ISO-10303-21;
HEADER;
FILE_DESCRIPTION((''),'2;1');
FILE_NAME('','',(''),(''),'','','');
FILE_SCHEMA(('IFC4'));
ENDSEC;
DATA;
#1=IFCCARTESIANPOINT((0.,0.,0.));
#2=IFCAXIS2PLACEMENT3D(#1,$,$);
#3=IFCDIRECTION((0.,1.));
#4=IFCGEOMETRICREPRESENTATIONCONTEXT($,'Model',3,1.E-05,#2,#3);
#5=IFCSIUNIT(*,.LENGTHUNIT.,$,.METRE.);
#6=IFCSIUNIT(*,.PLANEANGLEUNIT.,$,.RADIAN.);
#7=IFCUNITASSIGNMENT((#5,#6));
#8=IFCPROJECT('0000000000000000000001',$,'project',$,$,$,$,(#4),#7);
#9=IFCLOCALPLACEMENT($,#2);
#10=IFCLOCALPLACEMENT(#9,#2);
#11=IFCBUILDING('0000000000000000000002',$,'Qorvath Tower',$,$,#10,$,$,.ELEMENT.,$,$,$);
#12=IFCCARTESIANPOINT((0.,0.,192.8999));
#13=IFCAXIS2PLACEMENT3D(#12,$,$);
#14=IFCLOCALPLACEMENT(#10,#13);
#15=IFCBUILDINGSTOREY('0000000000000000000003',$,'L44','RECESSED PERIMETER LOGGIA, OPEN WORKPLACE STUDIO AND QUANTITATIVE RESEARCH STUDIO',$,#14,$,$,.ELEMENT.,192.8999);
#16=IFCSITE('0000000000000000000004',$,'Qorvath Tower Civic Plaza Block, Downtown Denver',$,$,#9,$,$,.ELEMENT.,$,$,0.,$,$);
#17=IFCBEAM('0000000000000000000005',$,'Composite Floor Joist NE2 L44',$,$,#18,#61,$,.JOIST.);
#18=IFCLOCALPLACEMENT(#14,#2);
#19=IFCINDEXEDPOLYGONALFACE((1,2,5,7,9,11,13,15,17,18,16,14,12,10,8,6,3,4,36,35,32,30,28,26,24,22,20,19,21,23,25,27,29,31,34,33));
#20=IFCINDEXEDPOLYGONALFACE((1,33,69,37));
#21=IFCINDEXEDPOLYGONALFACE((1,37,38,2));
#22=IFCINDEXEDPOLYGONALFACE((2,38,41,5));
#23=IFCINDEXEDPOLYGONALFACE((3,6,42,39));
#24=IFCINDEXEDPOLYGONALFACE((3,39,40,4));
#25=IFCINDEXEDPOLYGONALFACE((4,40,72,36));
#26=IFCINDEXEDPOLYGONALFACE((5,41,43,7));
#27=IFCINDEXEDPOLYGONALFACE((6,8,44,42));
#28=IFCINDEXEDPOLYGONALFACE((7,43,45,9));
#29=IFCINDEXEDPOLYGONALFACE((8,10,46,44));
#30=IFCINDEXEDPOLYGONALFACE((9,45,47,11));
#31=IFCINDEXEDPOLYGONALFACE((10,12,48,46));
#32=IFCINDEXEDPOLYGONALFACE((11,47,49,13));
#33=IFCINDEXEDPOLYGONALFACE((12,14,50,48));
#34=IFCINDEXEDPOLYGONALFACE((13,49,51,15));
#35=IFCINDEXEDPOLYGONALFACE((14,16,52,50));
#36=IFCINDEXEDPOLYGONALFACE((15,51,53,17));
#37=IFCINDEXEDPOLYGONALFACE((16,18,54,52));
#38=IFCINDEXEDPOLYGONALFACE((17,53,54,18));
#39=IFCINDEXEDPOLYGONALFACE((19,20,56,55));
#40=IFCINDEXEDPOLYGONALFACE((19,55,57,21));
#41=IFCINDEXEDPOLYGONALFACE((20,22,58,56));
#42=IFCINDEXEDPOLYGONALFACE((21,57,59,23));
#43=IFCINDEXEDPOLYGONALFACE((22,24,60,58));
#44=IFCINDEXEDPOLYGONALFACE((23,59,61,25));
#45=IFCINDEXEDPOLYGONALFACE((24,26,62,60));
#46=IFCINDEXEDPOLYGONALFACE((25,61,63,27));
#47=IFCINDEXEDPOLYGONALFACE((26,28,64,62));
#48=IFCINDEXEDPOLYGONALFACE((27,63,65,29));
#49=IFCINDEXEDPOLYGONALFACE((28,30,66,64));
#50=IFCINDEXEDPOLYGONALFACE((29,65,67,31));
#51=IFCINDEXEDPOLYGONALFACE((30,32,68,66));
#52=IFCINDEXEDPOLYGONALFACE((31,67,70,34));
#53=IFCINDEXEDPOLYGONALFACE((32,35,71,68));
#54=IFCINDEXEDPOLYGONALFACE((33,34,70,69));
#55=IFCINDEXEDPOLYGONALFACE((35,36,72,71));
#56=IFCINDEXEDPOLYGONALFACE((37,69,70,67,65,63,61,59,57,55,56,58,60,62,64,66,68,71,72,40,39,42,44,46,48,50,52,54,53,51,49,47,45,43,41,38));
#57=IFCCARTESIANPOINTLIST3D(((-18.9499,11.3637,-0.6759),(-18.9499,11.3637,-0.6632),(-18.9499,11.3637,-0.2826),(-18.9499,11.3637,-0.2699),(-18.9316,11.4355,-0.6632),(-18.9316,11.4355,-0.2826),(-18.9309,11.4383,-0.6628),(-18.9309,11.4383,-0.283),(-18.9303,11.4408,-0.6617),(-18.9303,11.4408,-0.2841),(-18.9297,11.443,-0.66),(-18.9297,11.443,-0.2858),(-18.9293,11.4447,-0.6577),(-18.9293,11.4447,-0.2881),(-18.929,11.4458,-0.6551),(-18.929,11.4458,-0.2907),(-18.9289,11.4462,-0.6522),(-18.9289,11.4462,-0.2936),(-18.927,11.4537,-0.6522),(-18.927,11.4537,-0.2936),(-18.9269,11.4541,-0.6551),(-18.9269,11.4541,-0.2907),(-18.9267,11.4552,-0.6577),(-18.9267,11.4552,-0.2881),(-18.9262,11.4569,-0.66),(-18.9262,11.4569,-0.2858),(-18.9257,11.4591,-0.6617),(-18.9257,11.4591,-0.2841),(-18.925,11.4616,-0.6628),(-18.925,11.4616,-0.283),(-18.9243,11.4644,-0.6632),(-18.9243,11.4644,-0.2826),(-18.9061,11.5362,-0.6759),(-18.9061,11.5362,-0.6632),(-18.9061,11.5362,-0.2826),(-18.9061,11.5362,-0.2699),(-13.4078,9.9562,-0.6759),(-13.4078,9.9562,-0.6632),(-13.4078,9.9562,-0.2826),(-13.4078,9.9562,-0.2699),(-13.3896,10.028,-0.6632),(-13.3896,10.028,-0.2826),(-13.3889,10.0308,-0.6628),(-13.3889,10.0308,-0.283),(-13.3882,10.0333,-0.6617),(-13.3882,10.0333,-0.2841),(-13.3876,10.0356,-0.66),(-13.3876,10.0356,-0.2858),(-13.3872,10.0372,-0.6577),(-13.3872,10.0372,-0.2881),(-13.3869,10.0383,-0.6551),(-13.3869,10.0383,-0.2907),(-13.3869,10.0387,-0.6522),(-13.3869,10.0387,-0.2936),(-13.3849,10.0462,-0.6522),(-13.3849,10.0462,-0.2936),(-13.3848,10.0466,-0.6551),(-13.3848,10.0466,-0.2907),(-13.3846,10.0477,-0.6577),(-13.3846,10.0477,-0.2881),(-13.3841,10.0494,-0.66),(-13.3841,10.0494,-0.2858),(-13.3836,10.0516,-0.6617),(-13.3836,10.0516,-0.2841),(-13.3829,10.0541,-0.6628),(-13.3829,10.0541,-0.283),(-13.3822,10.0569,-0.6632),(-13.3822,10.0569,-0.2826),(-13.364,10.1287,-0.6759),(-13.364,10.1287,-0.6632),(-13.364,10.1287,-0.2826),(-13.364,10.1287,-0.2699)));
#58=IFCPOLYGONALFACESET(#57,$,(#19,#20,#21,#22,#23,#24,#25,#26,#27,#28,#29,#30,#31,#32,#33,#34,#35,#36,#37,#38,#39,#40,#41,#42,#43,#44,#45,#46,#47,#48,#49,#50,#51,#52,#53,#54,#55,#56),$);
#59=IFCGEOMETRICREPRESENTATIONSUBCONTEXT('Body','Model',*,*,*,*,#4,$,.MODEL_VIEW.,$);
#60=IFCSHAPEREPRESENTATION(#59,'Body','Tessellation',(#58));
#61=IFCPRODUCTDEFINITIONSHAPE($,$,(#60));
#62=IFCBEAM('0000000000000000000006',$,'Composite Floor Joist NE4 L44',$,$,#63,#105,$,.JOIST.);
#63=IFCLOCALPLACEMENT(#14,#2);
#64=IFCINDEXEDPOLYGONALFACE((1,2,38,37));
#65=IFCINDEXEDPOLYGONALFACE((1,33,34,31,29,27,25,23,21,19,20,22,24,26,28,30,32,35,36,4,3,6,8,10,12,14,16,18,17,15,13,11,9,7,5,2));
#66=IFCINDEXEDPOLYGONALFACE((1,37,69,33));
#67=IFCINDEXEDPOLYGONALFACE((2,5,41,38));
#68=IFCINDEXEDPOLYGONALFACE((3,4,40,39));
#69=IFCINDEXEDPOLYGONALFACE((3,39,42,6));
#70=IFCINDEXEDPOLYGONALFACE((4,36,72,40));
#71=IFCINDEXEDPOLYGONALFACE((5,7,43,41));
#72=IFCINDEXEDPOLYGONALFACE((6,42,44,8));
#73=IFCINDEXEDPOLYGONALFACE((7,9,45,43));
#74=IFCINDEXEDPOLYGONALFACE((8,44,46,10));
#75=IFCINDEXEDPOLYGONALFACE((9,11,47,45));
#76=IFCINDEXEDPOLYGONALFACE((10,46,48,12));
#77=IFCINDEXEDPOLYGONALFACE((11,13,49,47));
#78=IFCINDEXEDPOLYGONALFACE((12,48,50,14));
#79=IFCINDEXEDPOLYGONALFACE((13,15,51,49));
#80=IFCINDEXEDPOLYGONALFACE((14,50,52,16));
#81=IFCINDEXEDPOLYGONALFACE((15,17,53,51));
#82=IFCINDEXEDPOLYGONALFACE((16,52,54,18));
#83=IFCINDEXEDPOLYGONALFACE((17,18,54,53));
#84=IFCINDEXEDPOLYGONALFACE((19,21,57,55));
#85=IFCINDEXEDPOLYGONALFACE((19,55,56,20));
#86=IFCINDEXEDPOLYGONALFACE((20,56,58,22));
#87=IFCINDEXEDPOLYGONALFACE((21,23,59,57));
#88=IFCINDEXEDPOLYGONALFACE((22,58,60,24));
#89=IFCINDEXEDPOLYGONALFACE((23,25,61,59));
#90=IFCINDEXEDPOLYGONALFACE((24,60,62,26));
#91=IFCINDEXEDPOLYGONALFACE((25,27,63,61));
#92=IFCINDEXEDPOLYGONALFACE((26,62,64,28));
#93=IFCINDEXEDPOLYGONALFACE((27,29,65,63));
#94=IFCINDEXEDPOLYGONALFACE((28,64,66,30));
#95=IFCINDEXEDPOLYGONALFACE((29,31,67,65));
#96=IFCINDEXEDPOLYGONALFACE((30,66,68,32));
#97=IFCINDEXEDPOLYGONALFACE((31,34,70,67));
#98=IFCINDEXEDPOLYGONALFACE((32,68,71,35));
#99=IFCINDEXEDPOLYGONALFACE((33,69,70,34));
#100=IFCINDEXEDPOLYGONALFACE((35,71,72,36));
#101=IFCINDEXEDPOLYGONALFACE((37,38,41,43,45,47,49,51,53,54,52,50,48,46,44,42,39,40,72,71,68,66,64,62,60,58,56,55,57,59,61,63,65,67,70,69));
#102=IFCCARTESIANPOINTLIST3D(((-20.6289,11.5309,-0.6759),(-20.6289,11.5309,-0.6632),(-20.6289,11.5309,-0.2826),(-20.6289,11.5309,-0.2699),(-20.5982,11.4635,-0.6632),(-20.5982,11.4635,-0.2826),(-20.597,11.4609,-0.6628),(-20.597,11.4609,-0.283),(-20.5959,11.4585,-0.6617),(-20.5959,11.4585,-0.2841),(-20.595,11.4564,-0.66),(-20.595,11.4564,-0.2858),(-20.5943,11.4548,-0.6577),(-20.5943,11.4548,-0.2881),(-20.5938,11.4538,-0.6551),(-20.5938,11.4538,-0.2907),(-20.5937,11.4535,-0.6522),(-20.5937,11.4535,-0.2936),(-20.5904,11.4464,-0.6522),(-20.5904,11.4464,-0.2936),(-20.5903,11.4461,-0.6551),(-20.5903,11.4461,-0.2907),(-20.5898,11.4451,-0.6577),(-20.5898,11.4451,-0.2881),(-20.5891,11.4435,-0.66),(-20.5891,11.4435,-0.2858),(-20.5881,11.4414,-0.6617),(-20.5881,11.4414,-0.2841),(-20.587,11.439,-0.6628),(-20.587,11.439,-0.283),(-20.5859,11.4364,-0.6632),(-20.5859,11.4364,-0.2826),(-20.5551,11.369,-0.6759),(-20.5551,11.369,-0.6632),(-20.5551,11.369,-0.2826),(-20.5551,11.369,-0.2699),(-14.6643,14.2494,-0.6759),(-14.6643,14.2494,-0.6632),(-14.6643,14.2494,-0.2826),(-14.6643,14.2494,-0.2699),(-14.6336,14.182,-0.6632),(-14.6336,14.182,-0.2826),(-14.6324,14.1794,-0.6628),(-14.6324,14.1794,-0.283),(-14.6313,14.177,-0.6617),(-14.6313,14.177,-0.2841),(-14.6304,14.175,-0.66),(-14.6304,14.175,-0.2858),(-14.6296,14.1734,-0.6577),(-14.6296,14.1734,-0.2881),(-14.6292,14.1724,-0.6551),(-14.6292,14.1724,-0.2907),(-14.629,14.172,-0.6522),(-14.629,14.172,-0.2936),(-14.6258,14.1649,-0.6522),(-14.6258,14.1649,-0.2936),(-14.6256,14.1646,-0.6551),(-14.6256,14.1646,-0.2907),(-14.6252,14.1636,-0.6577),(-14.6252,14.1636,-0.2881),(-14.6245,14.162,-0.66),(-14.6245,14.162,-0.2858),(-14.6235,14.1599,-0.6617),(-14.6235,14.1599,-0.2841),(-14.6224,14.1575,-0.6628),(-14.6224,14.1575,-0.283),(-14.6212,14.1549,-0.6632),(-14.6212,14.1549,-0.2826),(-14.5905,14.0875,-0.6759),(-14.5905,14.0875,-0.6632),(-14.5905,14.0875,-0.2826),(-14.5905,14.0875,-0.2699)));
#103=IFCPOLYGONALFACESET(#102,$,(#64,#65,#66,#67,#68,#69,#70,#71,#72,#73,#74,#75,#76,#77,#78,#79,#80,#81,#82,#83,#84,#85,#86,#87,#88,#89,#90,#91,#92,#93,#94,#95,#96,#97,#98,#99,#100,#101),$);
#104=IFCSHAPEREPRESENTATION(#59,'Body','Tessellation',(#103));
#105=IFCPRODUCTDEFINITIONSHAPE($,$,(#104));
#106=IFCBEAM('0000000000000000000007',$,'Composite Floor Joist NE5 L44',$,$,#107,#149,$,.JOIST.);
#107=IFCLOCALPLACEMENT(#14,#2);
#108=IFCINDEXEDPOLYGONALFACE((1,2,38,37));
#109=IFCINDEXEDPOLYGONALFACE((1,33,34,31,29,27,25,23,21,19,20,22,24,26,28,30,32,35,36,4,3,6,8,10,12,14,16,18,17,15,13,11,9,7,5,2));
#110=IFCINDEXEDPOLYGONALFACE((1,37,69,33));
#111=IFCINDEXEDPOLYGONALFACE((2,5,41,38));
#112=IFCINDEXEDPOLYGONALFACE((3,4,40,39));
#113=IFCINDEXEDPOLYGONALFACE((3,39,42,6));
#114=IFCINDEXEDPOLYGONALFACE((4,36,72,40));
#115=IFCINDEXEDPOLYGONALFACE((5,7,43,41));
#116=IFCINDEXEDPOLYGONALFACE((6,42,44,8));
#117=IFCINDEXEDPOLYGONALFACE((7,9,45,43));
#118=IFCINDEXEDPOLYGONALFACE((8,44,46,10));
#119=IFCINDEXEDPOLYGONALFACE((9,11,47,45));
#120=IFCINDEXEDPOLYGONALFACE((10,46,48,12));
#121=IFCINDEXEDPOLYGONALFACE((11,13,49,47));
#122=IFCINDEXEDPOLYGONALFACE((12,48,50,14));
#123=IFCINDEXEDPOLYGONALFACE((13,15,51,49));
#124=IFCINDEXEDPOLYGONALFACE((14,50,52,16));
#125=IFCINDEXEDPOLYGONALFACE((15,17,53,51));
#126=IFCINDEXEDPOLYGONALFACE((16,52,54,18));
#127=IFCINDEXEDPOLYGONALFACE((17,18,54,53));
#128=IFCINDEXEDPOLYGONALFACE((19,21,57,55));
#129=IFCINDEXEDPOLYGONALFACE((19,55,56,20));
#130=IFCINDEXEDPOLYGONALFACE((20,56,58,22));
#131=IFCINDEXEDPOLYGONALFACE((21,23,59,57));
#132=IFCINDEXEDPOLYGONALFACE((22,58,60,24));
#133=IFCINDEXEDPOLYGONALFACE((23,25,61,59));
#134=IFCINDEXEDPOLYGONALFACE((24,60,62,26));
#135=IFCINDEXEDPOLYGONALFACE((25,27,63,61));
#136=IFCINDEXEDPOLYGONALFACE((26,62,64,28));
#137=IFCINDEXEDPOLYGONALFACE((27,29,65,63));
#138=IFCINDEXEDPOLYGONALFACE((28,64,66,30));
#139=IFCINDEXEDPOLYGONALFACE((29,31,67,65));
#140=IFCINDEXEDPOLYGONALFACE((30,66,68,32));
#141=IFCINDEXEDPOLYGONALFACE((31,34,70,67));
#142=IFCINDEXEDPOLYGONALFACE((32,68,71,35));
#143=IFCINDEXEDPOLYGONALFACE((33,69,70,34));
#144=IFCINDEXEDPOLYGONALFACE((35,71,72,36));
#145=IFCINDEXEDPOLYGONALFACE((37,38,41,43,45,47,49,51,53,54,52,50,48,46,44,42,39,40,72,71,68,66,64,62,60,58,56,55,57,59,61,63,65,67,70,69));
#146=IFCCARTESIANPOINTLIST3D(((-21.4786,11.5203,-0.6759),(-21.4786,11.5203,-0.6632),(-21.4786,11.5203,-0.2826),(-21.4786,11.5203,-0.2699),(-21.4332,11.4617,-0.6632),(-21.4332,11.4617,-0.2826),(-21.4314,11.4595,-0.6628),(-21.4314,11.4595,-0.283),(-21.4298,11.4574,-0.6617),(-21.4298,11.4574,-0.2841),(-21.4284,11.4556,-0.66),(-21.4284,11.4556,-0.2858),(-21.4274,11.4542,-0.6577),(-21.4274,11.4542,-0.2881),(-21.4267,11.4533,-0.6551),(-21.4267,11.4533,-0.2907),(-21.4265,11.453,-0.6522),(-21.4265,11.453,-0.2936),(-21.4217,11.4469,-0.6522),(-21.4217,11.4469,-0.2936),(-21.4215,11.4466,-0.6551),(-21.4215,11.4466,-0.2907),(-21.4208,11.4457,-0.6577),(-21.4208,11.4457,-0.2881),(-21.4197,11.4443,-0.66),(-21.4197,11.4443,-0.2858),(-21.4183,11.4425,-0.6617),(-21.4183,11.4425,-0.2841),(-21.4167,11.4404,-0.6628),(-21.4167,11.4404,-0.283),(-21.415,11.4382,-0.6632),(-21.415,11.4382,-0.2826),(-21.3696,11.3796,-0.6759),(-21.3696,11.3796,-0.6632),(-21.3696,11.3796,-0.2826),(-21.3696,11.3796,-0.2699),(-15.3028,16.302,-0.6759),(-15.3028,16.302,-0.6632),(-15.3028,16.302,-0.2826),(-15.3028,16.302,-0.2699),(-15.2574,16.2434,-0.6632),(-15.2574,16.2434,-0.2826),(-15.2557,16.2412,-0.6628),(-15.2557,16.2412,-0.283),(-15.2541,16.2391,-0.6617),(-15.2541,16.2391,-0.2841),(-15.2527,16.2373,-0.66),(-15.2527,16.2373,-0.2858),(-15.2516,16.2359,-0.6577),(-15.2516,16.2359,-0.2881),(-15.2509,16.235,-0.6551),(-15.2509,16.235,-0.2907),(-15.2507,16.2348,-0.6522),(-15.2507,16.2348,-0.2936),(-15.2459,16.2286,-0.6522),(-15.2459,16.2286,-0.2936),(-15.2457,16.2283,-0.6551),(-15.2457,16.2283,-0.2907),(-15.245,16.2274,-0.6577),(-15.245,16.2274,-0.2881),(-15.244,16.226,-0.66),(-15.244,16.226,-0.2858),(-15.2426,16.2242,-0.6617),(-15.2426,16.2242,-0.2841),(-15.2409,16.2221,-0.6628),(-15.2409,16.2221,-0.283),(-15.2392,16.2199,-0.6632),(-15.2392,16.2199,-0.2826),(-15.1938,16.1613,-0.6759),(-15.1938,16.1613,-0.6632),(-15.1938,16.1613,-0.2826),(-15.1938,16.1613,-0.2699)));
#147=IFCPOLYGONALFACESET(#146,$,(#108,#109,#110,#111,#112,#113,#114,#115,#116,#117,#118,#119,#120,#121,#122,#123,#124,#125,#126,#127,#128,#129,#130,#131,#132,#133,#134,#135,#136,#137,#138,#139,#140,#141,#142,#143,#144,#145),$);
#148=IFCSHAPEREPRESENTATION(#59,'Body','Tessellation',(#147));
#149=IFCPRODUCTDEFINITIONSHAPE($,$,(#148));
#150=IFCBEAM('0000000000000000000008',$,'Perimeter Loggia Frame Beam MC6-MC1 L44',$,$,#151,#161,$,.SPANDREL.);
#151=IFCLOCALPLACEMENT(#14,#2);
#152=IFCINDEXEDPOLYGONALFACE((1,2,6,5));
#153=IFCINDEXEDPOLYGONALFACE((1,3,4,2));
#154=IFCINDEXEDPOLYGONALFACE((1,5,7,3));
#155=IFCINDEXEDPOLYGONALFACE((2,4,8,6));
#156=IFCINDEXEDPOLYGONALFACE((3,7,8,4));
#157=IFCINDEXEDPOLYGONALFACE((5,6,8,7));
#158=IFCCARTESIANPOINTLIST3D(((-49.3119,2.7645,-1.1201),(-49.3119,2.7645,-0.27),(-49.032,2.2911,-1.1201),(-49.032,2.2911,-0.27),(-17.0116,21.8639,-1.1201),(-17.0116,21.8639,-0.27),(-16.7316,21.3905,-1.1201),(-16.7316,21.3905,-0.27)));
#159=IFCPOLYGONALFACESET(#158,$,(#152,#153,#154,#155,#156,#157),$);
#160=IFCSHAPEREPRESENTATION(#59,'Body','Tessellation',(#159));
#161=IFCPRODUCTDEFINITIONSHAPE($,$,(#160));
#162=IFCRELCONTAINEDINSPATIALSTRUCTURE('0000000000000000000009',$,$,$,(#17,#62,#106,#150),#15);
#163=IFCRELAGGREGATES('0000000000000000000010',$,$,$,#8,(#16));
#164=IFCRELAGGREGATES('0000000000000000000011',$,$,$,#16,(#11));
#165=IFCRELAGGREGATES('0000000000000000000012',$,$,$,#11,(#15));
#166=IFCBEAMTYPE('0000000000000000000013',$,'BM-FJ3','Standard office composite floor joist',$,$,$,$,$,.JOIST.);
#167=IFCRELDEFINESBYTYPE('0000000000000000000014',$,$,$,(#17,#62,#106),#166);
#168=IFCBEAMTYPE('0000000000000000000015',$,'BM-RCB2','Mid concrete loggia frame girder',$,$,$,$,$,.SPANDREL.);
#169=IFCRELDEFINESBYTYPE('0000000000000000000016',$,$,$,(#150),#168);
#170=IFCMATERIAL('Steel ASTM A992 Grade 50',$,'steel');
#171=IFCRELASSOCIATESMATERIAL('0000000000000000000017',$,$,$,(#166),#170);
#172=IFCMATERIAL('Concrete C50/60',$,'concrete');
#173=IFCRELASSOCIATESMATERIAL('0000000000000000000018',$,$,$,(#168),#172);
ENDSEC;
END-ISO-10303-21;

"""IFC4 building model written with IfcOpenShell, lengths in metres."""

from ifc_helpers import new_model, si_unit, direction, frame, origin, origin_2d, place, context, subcontext, project, spatial, rectangle, i_section, extrude, material, material_profile, profile_set, type_object, element, save


model = new_model("IFC4")

# Units and contexts
model_context = context("Model", 3, precision=1e-05, world=origin(), true_north=direction((0.0, 1.0)))
body_context = subcontext(model_context, "Body", "Model", "MODEL_VIEW")
ifc_project = project(units=[si_unit("LENGTHUNIT", "METRE"), si_unit("PLANEANGLEUNIT", "RADIAN")], contexts=[model_context])

# Site, building, storey
site_placement = place(None, origin())
site = spatial("IfcSite", under=ifc_project, at=site_placement, Name="Qorvath Tower Civic Plaza Block, Downtown Denver", CompositionType="ELEMENT", RefElevation=0.0)
building_placement = place(site_placement, origin())
building = spatial("IfcBuilding", under=site, at=building_placement, Name="Qorvath Tower", CompositionType="ELEMENT")
storey_placement = place(building_placement, frame((0.0, 0.0, 192.8999)))
storey = spatial("IfcBuildingStorey", under=building, at=storey_placement, Name="L44", Description="RECESSED PERIMETER LOGGIA, OPEN WORKPLACE STUDIO AND QUANTITATIVE RESEARCH STUDIO", CompositionType="ELEMENT", Elevation=192.8999)

# Beams
ifc_material_1 = material(Name="Steel ASTM A992 Grade 50", Category="steel")
ifc_material_profile_1 = material_profile(ifc_material_1, i_section(OverallWidth=0.178, OverallDepth=0.406, WebThickness=0.0078, FlangeThickness=0.0127, FilletRadius=0.011, at=origin_2d()), Name="W16x40")
ifc_profile_set_1 = profile_set([ifc_material_profile_1], Name="Steel ASTM A992 Grade 50")
beam_type_1 = type_object("IfcBeamType", Name="BM-FJ3", Description="Standard office composite floor joist", PredefinedType="JOIST", material=ifc_profile_set_1)
beam_1_placement = place(storey_placement, frame((-18.928, 11.45, -0.4729), z_axis=(0.969232, -0.246151, 0.0), x_axis=(0.246151, 0.969232, 0.0)))
element("IfcBeam", 1, at=beam_1_placement, inside=storey, type_object=beam_type_1, Name="Composite Floor Joist NE2 L44", PredefinedType="JOIST", context=body_context, shape_type="SweptSolid", body=[
    extrude(i_section(OverallWidth=0.178, OverallDepth=0.406, WebThickness=0.0078, FlangeThickness=0.0127, FilletRadius=0.011, at=origin_2d()), origin(), (0.0, 0.0, 1.0), 5.718),
])
beam_2_placement = place(storey_placement, frame((-20.592, 11.45, -0.4729), z_axis=(0.909945, 0.414729, 0.0), x_axis=(-0.414729, 0.909945, 0.0)))
element("IfcBeam", 2, at=beam_2_placement, inside=storey, type_object=beam_type_1, Name="Composite Floor Joist NE4 L44", PredefinedType="JOIST", context=body_context, shape_type="SweptSolid", body=[
    extrude(i_section(OverallWidth=0.178, OverallDepth=0.406, WebThickness=0.0078, FlangeThickness=0.0127, FilletRadius=0.011, at=origin_2d()), origin(), (0.0, 0.0, 1.0), 6.5549),
])
beam_3_placement = place(storey_placement, frame((-21.4241, 11.45, -0.4729), z_axis=(0.790693, 0.612212, 0.0), x_axis=(-0.612212, 0.790693, 0.0)))
element("IfcBeam", 3, at=beam_3_placement, inside=storey, type_object=beam_type_1, Name="Composite Floor Joist NE5 L44", PredefinedType="JOIST", context=body_context, shape_type="SweptSolid", body=[
    extrude(i_section(OverallWidth=0.178, OverallDepth=0.406, WebThickness=0.0078, FlangeThickness=0.0127, FilletRadius=0.011, at=origin_2d()), origin(), (0.0, 0.0, 1.0), 7.8105),
])
ifc_material_2 = material(Name="Concrete C50/60", Category="concrete")
ifc_material_profile_2 = material_profile(ifc_material_2, rectangle(XDim=0.55, YDim=0.8501, at=origin_2d()), Name="RCB 850x550")
ifc_profile_set_2 = profile_set([ifc_material_profile_2], Name="Concrete C50/60")
beam_type_2 = type_object("IfcBeamType", Name="BM-RCB2", Description="Mid concrete loggia frame girder", PredefinedType="SPANDREL", material=ifc_profile_set_2)
beam_4_placement = place(storey_placement, frame((-16.8716, 21.6272, -0.6951), z_axis=(-0.860777, -0.508983, 0.0), x_axis=(0.508983, -0.860777, 0.0)))
element("IfcBeam", 4, at=beam_4_placement, inside=storey, type_object=beam_type_2, Name="Perimeter Loggia Frame Beam MC6-MC1 L44", PredefinedType="SPANDREL", context=body_context, shape_type="SweptSolid", body=[
    extrude(rectangle(XDim=0.55, YDim=0.8501, at=origin_2d()), origin(), (0.0, 0.0, 1.0), 37.5247),
])

save(model, "model.ifc")
